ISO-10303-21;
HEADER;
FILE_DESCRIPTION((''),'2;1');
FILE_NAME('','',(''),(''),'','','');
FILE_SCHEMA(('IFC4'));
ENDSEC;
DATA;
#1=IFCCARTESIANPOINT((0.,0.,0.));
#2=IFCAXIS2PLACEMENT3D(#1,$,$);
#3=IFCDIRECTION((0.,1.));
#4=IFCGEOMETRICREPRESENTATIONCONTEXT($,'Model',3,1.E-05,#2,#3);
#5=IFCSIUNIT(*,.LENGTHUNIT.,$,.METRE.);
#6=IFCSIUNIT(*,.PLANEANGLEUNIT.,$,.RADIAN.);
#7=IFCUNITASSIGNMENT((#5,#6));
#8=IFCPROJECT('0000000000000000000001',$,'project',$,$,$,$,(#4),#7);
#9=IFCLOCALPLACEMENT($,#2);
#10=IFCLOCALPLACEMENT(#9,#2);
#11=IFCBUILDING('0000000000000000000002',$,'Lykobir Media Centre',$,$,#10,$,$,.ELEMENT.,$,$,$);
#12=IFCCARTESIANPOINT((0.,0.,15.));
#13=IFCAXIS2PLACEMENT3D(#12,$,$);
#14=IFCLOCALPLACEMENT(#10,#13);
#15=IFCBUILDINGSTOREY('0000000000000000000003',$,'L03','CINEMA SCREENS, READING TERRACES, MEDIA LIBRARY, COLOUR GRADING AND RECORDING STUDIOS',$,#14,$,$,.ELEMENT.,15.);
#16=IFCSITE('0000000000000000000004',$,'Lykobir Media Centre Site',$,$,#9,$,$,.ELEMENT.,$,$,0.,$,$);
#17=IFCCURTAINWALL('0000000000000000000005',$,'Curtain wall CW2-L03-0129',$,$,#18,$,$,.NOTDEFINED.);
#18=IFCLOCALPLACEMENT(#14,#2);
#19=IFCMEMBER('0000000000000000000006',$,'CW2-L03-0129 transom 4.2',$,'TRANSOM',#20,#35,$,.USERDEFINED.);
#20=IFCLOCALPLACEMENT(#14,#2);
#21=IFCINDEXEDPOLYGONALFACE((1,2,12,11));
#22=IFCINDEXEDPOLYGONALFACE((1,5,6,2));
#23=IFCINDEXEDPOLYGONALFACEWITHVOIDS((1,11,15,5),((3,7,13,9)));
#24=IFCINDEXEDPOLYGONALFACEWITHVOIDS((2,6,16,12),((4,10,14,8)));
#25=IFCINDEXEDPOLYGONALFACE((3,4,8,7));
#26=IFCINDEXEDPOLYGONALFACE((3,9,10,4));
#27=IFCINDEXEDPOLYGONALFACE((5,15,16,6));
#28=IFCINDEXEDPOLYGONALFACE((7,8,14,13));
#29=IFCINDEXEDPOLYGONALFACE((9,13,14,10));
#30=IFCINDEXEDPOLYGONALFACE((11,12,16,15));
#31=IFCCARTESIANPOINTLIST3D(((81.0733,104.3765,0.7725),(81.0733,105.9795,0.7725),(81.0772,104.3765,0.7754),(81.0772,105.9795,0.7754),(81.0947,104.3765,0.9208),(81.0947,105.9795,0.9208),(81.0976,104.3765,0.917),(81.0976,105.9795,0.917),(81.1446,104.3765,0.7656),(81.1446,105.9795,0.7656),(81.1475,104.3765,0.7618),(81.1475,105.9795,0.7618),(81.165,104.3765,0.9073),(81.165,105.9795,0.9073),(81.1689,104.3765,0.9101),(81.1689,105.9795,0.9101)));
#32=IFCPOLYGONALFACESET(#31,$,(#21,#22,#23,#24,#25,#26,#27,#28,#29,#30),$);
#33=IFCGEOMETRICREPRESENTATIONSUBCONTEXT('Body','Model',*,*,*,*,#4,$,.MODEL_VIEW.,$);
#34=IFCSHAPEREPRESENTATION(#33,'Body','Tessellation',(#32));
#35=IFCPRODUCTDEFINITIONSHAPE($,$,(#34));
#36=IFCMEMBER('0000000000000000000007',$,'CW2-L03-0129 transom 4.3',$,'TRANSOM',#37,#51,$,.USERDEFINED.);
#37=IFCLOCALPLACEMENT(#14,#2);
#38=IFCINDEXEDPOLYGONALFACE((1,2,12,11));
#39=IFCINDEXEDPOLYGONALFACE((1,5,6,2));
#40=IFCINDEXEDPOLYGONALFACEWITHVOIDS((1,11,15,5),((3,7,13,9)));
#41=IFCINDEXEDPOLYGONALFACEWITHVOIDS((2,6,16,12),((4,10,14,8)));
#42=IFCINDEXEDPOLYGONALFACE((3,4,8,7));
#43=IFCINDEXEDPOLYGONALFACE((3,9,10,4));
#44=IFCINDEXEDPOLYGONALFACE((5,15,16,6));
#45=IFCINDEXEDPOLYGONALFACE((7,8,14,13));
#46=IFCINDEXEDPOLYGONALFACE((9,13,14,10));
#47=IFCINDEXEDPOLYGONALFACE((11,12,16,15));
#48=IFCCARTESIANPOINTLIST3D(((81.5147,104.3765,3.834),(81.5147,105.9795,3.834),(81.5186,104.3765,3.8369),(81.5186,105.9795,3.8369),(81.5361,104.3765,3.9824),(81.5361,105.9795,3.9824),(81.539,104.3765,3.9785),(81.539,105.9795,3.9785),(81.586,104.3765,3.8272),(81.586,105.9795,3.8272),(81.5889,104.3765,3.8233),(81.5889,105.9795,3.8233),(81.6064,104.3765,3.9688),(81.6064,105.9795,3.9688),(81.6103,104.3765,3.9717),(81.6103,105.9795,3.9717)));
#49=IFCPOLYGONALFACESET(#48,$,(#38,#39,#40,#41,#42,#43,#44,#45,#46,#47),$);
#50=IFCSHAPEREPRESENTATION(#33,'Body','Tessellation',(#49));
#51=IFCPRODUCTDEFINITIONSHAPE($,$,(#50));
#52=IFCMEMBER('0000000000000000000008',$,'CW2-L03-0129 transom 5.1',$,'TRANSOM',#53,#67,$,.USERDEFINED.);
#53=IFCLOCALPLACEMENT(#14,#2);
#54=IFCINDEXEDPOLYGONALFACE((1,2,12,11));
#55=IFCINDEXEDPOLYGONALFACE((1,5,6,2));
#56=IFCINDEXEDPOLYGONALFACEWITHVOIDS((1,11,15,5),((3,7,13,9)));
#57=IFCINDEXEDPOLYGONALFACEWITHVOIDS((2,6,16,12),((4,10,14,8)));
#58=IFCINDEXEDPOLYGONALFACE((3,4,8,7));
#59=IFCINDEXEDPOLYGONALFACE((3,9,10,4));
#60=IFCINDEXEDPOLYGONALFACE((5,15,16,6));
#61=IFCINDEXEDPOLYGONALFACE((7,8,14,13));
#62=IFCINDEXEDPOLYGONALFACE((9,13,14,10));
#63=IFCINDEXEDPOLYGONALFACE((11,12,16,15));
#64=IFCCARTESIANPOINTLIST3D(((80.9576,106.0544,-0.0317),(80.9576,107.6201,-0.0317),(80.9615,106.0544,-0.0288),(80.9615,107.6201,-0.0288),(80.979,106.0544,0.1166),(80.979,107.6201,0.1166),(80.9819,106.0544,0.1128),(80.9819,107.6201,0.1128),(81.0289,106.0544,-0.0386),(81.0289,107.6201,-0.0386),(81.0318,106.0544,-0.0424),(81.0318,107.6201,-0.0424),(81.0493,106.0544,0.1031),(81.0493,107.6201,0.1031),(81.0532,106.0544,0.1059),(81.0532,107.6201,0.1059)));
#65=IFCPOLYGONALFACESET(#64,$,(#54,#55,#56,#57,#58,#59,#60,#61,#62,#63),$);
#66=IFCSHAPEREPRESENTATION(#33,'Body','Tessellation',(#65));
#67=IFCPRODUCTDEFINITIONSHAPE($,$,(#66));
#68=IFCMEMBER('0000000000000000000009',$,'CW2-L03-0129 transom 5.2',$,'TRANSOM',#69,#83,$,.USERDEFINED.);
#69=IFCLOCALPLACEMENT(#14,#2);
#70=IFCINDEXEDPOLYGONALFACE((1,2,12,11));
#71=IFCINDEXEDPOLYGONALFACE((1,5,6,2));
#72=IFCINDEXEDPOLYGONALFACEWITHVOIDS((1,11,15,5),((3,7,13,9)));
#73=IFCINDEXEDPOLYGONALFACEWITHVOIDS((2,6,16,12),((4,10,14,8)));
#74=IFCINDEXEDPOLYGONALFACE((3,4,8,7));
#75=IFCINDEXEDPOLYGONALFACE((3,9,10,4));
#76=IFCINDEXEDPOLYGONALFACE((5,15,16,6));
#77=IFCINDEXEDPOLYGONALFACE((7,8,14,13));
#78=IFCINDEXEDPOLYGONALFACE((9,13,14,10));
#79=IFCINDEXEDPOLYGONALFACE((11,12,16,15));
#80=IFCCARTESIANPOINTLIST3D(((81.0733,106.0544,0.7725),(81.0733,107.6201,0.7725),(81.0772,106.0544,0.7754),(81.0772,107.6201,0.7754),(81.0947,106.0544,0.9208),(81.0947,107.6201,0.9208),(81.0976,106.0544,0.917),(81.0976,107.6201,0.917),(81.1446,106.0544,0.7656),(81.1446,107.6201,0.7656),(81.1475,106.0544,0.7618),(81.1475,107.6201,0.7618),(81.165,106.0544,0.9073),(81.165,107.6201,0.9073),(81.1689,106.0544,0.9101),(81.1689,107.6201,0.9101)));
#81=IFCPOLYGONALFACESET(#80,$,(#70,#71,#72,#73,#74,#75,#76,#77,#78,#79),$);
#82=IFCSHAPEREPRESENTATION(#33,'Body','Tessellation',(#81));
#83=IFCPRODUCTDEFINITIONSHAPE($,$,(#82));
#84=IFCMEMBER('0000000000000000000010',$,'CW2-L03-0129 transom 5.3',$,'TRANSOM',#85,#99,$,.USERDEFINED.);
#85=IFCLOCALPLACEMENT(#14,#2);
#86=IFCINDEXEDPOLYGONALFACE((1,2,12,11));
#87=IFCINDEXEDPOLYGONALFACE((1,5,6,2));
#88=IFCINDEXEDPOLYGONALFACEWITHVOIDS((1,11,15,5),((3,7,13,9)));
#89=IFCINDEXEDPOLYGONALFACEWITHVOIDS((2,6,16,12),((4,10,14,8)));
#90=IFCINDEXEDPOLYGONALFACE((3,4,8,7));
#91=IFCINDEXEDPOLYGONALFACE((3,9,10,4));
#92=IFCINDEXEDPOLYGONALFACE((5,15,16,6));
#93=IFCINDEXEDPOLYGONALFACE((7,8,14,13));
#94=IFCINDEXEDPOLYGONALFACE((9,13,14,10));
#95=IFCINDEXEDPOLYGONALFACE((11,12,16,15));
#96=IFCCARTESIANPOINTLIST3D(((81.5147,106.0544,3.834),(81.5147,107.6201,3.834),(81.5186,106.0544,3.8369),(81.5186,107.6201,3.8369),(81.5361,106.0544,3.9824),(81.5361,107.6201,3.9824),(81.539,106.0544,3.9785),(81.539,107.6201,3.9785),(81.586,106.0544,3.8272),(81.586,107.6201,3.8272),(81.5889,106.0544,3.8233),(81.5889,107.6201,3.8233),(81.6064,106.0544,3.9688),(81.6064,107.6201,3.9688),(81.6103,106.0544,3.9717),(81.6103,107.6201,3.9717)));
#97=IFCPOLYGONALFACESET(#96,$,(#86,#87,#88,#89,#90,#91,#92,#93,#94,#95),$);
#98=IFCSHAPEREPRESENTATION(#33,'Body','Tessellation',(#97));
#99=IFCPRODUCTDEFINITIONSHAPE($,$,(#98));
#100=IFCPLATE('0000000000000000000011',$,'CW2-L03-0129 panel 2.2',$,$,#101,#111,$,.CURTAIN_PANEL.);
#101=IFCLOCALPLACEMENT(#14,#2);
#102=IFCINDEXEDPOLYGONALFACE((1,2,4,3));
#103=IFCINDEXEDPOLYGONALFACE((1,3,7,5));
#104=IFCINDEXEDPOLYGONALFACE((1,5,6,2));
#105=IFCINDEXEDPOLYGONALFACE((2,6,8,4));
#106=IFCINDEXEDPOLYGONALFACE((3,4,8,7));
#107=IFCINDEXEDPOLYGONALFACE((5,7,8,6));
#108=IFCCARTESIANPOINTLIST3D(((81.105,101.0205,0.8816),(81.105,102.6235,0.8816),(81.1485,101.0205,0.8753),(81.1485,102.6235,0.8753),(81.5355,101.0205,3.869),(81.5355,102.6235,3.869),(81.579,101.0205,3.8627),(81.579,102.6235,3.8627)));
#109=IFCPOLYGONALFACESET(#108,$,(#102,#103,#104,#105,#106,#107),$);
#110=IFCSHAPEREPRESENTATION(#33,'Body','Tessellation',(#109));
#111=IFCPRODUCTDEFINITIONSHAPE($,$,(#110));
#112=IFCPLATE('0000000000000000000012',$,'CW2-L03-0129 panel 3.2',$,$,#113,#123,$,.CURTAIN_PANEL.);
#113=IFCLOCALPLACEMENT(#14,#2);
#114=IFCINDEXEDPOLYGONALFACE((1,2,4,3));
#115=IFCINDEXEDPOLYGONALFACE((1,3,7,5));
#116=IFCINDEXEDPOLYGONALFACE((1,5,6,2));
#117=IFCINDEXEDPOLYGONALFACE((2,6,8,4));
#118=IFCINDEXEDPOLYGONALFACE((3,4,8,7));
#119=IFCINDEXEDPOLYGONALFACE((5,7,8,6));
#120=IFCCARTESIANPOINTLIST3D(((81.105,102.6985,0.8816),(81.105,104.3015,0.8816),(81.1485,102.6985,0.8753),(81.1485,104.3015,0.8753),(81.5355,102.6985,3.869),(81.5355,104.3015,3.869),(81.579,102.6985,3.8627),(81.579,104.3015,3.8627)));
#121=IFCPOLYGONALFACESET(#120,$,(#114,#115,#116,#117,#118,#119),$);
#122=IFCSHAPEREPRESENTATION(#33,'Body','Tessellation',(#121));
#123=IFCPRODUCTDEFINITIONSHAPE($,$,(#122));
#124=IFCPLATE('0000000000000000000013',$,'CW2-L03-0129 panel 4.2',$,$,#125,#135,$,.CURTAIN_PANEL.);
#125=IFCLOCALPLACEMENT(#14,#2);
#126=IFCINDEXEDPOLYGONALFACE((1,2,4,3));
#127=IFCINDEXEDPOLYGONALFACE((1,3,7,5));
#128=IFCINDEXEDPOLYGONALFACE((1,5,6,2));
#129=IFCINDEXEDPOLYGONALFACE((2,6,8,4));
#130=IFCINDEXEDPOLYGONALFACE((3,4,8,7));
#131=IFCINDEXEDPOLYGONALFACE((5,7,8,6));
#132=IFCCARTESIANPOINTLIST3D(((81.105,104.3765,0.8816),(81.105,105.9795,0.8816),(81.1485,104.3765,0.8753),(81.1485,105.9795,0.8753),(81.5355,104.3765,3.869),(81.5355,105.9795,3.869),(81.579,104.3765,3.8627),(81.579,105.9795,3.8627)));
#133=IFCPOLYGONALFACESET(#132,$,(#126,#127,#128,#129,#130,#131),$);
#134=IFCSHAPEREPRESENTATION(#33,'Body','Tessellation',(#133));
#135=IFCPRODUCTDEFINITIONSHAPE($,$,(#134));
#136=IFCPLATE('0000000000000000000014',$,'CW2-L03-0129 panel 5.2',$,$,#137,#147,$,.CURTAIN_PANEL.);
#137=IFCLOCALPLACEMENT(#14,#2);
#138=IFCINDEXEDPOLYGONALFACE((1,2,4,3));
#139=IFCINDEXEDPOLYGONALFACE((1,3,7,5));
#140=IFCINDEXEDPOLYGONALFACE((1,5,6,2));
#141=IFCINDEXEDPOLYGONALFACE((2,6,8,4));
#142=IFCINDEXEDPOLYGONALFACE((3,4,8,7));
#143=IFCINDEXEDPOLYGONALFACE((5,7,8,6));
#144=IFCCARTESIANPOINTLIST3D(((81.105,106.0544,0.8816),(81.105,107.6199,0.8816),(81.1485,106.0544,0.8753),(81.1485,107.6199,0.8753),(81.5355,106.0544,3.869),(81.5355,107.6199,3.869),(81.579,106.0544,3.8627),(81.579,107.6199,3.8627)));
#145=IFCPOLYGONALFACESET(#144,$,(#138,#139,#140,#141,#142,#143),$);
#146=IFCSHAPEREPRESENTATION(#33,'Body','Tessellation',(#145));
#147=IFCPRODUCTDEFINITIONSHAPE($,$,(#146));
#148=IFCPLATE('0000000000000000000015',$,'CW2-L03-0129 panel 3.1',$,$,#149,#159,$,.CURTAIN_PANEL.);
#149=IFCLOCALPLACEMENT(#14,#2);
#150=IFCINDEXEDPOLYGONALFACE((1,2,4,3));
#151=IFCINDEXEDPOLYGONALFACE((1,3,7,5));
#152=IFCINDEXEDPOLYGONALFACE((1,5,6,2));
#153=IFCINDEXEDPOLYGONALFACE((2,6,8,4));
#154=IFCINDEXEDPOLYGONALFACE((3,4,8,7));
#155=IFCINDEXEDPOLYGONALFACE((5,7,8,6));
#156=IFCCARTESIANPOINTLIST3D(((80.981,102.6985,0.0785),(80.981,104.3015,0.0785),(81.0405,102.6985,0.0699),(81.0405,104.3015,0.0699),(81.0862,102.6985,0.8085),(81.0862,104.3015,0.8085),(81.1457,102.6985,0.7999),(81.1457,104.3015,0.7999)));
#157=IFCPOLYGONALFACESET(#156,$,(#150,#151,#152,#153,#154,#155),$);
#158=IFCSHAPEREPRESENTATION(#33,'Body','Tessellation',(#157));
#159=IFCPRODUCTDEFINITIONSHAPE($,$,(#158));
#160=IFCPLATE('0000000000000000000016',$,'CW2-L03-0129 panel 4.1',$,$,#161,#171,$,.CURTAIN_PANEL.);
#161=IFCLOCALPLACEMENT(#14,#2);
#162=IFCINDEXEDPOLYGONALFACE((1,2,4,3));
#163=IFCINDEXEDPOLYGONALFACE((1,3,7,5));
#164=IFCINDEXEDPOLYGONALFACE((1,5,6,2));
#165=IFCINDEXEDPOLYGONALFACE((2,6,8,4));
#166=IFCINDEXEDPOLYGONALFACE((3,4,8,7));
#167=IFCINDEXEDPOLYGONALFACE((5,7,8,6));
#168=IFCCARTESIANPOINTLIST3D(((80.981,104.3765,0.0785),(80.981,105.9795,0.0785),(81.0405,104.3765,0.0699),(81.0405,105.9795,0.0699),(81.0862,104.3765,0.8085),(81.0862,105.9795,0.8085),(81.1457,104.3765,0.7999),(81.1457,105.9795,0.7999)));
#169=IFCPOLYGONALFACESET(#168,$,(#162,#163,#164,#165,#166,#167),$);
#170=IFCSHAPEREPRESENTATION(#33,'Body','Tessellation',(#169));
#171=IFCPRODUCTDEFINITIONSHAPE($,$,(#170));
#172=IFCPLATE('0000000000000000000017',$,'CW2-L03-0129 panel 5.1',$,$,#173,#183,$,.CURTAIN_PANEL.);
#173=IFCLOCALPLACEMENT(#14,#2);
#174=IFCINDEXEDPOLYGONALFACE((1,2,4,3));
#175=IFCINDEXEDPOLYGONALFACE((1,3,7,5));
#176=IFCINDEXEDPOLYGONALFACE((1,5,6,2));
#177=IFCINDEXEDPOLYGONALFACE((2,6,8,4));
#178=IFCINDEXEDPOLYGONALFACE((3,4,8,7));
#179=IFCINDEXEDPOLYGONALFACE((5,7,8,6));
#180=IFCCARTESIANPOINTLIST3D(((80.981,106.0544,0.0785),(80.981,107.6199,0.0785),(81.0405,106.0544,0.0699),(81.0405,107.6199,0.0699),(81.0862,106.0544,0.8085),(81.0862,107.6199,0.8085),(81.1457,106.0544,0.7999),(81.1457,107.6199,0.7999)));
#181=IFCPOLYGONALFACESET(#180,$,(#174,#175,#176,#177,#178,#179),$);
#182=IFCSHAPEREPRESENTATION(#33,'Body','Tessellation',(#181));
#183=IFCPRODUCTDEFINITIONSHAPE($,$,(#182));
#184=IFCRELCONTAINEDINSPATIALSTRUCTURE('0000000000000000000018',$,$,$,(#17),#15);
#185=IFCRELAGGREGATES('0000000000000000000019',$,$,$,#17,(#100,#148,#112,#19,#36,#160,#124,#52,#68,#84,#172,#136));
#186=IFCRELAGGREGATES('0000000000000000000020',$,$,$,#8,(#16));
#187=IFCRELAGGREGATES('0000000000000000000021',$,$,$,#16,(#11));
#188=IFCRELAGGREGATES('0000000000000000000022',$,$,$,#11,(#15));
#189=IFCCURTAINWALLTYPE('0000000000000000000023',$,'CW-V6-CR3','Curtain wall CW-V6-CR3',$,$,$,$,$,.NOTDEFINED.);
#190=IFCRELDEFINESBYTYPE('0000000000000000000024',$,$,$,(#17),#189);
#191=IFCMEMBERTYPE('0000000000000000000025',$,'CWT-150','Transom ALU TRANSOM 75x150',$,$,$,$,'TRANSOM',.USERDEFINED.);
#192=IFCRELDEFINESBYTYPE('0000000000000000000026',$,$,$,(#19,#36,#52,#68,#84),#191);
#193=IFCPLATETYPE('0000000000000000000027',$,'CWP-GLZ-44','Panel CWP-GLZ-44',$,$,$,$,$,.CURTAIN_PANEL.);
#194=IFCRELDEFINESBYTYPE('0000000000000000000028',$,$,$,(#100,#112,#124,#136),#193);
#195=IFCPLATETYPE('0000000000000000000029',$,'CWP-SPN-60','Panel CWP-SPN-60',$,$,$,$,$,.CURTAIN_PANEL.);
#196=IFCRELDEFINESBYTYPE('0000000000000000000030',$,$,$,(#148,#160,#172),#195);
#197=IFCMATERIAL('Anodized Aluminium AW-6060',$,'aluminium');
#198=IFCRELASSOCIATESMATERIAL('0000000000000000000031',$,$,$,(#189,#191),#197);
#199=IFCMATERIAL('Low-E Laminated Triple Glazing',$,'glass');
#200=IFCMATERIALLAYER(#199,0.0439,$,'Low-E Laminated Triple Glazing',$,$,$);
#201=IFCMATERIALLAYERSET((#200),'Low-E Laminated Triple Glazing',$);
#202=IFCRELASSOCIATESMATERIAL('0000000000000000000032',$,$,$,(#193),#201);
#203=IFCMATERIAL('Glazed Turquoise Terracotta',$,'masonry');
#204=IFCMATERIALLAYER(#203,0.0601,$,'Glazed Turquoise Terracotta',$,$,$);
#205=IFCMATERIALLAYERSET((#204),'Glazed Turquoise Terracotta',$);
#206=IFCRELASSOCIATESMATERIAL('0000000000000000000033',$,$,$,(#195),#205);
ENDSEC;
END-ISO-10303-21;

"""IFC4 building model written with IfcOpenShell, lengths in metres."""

from ifc_helpers import new_model, si_unit, direction, frame, origin, origin_2d, place, context, subcontext, project, spatial, rectangle, hollow_rectangle, extrude, material, layer, layer_set, material_profile, profile_set, type_object, element, aggregate, save


model = new_model("IFC4")

# Units and contexts
model_context = context("Model", 3, precision=1e-05, world=origin(), true_north=direction((0.0, 1.0)))
body_context = subcontext(model_context, "Body", "Model", "MODEL_VIEW")
ifc_project = project(units=[si_unit("LENGTHUNIT", "METRE"), si_unit("PLANEANGLEUNIT", "RADIAN")], contexts=[model_context])

# Site, building, storey
site_placement = place(None, origin())
site = spatial("IfcSite", under=ifc_project, at=site_placement, Name="Lykobir Media Centre Site", CompositionType="ELEMENT", RefElevation=0.0)
building_placement = place(site_placement, origin())
building = spatial("IfcBuilding", under=site, at=building_placement, Name="Lykobir Media Centre", CompositionType="ELEMENT")
storey_placement = place(building_placement, frame((0.0, 0.0, 15.0)))
storey = spatial("IfcBuildingStorey", under=building, at=storey_placement, Name="L03", Description="CINEMA SCREENS, READING TERRACES, MEDIA LIBRARY, COLOUR GRADING AND RECORDING STUDIOS", CompositionType="ELEMENT", Elevation=15.0)

# Curtain wall, members, plates
ifc_material_1 = material(Name="Anodized Aluminium AW-6060", Category="aluminium")
curtain_wall_type = type_object("IfcCurtainWallType", Name="CW-V6-CR3", Description="Curtain wall CW-V6-CR3", PredefinedType="NOTDEFINED", material=ifc_material_1)
curtain_wall_placement = place(storey_placement, origin())
curtain_wall = element("IfcCurtainWall", 1, at=curtain_wall_placement, inside=storey, type_object=curtain_wall_type, Name="Curtain wall CW2-L03-0129", PredefinedType="NOTDEFINED")
ifc_material_profile_1 = material_profile(ifc_material_1, hollow_rectangle(XDim=0.075, YDim=0.1499, WallThickness=0.0034, at=origin_2d()), Name="ALU TRANSOM 75x150")
ifc_profile_set_1 = profile_set([ifc_material_profile_1], Name="Anodized Aluminium AW-6060")
member_type_1 = type_object("IfcMemberType", Name="CWT-150", Description="Transom ALU TRANSOM 75x150", ElementType="TRANSOM", PredefinedType="USERDEFINED", material=ifc_profile_set_1)
member_1_placement = place(storey_placement, frame((81.1211, 104.3765, 0.8413), z_axis=(0.0, 1.0, 0.0), x_axis=(-0.989776, 0.0, 0.142629)))
member_1 = element("IfcMember", 2, at=member_1_placement, type_object=member_type_1, Name="CW2-L03-0129 transom 4.2", ObjectType="TRANSOM", PredefinedType="USERDEFINED", context=body_context, shape_type="SweptSolid", body=[
    extrude(hollow_rectangle(XDim=0.075, YDim=0.1499, WallThickness=0.0034, at=origin_2d()), origin(), (0.0, 0.0, 1.0), 1.603),
])
member_2_placement = place(storey_placement, frame((81.5625, 104.3765, 3.9028), z_axis=(0.0, 1.0, 0.0), x_axis=(-0.989776, 0.0, 0.142629)))
member_2 = element("IfcMember", 3, at=member_2_placement, type_object=member_type_1, Name="CW2-L03-0129 transom 4.3", ObjectType="TRANSOM", PredefinedType="USERDEFINED", context=body_context, shape_type="SweptSolid", body=[
    extrude(hollow_rectangle(XDim=0.075, YDim=0.1499, WallThickness=0.0034, at=origin_2d()), origin(), (0.0, 0.0, 1.0), 1.603),
])
member_3_placement = place(storey_placement, frame((81.0054, 106.0544, 0.0371), z_axis=(0.0, 1.0, 0.0), x_axis=(-0.989776, 0.0, 0.142629)))
member_3 = element("IfcMember", 4, at=member_3_placement, type_object=member_type_1, Name="CW2-L03-0129 transom 5.1", ObjectType="TRANSOM", PredefinedType="USERDEFINED", context=body_context, shape_type="SweptSolid", body=[
    extrude(hollow_rectangle(XDim=0.075, YDim=0.1499, WallThickness=0.0034, at=origin_2d()), origin(), (0.0, 0.0, 1.0), 1.5657),
])
member_4_placement = place(storey_placement, frame((81.1211, 106.0544, 0.8413), z_axis=(0.0, 1.0, 0.0), x_axis=(-0.989776, 0.0, 0.142629)))
member_4 = element("IfcMember", 5, at=member_4_placement, type_object=member_type_1, Name="CW2-L03-0129 transom 5.2", ObjectType="TRANSOM", PredefinedType="USERDEFINED", context=body_context, shape_type="SweptSolid", body=[
    extrude(hollow_rectangle(XDim=0.075, YDim=0.1499, WallThickness=0.0034, at=origin_2d()), origin(), (0.0, 0.0, 1.0), 1.5657),
])
member_5_placement = place(storey_placement, frame((81.5625, 106.0544, 3.9028), z_axis=(0.0, 1.0, 0.0), x_axis=(-0.989776, 0.0, 0.142629)))
member_5 = element("IfcMember", 6, at=member_5_placement, type_object=member_type_1, Name="CW2-L03-0129 transom 5.3", ObjectType="TRANSOM", PredefinedType="USERDEFINED", context=body_context, shape_type="SweptSolid", body=[
    extrude(hollow_rectangle(XDim=0.075, YDim=0.1499, WallThickness=0.0034, at=origin_2d()), origin(), (0.0, 0.0, 1.0), 1.5657),
])
ifc_material_2 = material(Name="Low-E Laminated Triple Glazing", Category="glass")
ifc_layer_1 = layer(ifc_material_2, 0.0439, Name="Low-E Laminated Triple Glazing")
ifc_layer_set_1 = layer_set([ifc_layer_1], Name="Low-E Laminated Triple Glazing")
plate_type_1 = type_object("IfcPlateType", Name="CWP-GLZ-44", Description="Panel CWP-GLZ-44", PredefinedType="CURTAIN_PANEL", material=ifc_layer_set_1)
plate_1_placement = place(storey_placement, frame((81.1267, 101.822, 0.8784), z_axis=(0.142629, 0.0, 0.989776), x_axis=(0.0, 1.0, 0.0)))
plate_1 = element("IfcPlate", 7, at=plate_1_placement, type_object=plate_type_1, Name="CW2-L03-0129 panel 2.2", PredefinedType="CURTAIN_PANEL", context=body_context, shape_type="SweptSolid", body=[
    extrude(rectangle(XDim=1.603, YDim=0.0439, at=origin_2d()), origin(), (0.0, 0.0, 1.0), 3.0183),
])
plate_2_placement = place(storey_placement, frame((81.1267, 103.5, 0.8784), z_axis=(0.142629, 0.0, 0.989776), x_axis=(0.0, 1.0, 0.0)))
plate_2 = element("IfcPlate", 8, at=plate_2_placement, type_object=plate_type_1, Name="CW2-L03-0129 panel 3.2", PredefinedType="CURTAIN_PANEL", context=body_context, shape_type="SweptSolid", body=[
    extrude(rectangle(XDim=1.603, YDim=0.0439, at=origin_2d()), origin(), (0.0, 0.0, 1.0), 3.0183),
])
plate_3_placement = place(storey_placement, frame((81.1267, 105.178, 0.8784), z_axis=(0.142629, 0.0, 0.989776), x_axis=(0.0, 1.0, 0.0)))
plate_3 = element("IfcPlate", 9, at=plate_3_placement, type_object=plate_type_1, Name="CW2-L03-0129 panel 4.2", PredefinedType="CURTAIN_PANEL", context=body_context, shape_type="SweptSolid", body=[
    extrude(rectangle(XDim=1.603, YDim=0.0439, at=origin_2d()), origin(), (0.0, 0.0, 1.0), 3.0183),
])
plate_4_placement = place(storey_placement, frame((81.1267, 106.8372, 0.8784), z_axis=(0.142629, 0.0, 0.989776), x_axis=(0.0, 1.0, 0.0)))
plate_4 = element("IfcPlate", 10, at=plate_4_placement, type_object=plate_type_1, Name="CW2-L03-0129 panel 5.2", PredefinedType="CURTAIN_PANEL", context=body_context, shape_type="SweptSolid", body=[
    extrude(rectangle(XDim=1.5654, YDim=0.0439, at=origin_2d()), origin(), (0.0, 0.0, 1.0), 3.0183),
])
ifc_material_3 = material(Name="Glazed Turquoise Terracotta", Category="masonry")
ifc_layer_2 = layer(ifc_material_3, 0.0601, Name="Glazed Turquoise Terracotta")
ifc_layer_set_2 = layer_set([ifc_layer_2], Name="Glazed Turquoise Terracotta")
plate_type_2 = type_object("IfcPlateType", Name="CWP-SPN-60", Description="Panel CWP-SPN-60", PredefinedType="CURTAIN_PANEL", material=ifc_layer_set_2)
plate_5_placement = place(storey_placement, frame((81.0107, 103.5, 0.0742), z_axis=(0.142629, 0.0, 0.989776), x_axis=(0.0, 1.0, 0.0)))
plate_5 = element("IfcPlate", 11, at=plate_5_placement, type_object=plate_type_2, Name="CW2-L03-0129 panel 3.1", PredefinedType="CURTAIN_PANEL", context=body_context, shape_type="SweptSolid", body=[
    extrude(rectangle(XDim=1.603, YDim=0.0601, at=origin_2d()), origin(), (0.0, 0.0, 1.0), 0.7375),
])
plate_6_placement = place(storey_placement, frame((81.0107, 105.178, 0.0742), z_axis=(0.142629, 0.0, 0.989776), x_axis=(0.0, 1.0, 0.0)))
plate_6 = element("IfcPlate", 12, at=plate_6_placement, type_object=plate_type_2, Name="CW2-L03-0129 panel 4.1", PredefinedType="CURTAIN_PANEL", context=body_context, shape_type="SweptSolid", body=[
    extrude(rectangle(XDim=1.603, YDim=0.0601, at=origin_2d()), origin(), (0.0, 0.0, 1.0), 0.7375),
])
plate_7_placement = place(storey_placement, frame((81.0107, 106.8372, 0.0742), z_axis=(0.142629, 0.0, 0.989776), x_axis=(0.0, 1.0, 0.0)))
plate_7 = element("IfcPlate", 13, at=plate_7_placement, type_object=plate_type_2, Name="CW2-L03-0129 panel 5.1", PredefinedType="CURTAIN_PANEL", context=body_context, shape_type="SweptSolid", body=[
    extrude(rectangle(XDim=1.5654, YDim=0.0601, at=origin_2d()), origin(), (0.0, 0.0, 1.0), 0.7375),
])
aggregate(curtain_wall, [plate_1, plate_5, plate_2, member_1, member_2, plate_6, plate_3, member_3, member_4, member_5, plate_7, plate_4])

save(model, "model.ifc")
